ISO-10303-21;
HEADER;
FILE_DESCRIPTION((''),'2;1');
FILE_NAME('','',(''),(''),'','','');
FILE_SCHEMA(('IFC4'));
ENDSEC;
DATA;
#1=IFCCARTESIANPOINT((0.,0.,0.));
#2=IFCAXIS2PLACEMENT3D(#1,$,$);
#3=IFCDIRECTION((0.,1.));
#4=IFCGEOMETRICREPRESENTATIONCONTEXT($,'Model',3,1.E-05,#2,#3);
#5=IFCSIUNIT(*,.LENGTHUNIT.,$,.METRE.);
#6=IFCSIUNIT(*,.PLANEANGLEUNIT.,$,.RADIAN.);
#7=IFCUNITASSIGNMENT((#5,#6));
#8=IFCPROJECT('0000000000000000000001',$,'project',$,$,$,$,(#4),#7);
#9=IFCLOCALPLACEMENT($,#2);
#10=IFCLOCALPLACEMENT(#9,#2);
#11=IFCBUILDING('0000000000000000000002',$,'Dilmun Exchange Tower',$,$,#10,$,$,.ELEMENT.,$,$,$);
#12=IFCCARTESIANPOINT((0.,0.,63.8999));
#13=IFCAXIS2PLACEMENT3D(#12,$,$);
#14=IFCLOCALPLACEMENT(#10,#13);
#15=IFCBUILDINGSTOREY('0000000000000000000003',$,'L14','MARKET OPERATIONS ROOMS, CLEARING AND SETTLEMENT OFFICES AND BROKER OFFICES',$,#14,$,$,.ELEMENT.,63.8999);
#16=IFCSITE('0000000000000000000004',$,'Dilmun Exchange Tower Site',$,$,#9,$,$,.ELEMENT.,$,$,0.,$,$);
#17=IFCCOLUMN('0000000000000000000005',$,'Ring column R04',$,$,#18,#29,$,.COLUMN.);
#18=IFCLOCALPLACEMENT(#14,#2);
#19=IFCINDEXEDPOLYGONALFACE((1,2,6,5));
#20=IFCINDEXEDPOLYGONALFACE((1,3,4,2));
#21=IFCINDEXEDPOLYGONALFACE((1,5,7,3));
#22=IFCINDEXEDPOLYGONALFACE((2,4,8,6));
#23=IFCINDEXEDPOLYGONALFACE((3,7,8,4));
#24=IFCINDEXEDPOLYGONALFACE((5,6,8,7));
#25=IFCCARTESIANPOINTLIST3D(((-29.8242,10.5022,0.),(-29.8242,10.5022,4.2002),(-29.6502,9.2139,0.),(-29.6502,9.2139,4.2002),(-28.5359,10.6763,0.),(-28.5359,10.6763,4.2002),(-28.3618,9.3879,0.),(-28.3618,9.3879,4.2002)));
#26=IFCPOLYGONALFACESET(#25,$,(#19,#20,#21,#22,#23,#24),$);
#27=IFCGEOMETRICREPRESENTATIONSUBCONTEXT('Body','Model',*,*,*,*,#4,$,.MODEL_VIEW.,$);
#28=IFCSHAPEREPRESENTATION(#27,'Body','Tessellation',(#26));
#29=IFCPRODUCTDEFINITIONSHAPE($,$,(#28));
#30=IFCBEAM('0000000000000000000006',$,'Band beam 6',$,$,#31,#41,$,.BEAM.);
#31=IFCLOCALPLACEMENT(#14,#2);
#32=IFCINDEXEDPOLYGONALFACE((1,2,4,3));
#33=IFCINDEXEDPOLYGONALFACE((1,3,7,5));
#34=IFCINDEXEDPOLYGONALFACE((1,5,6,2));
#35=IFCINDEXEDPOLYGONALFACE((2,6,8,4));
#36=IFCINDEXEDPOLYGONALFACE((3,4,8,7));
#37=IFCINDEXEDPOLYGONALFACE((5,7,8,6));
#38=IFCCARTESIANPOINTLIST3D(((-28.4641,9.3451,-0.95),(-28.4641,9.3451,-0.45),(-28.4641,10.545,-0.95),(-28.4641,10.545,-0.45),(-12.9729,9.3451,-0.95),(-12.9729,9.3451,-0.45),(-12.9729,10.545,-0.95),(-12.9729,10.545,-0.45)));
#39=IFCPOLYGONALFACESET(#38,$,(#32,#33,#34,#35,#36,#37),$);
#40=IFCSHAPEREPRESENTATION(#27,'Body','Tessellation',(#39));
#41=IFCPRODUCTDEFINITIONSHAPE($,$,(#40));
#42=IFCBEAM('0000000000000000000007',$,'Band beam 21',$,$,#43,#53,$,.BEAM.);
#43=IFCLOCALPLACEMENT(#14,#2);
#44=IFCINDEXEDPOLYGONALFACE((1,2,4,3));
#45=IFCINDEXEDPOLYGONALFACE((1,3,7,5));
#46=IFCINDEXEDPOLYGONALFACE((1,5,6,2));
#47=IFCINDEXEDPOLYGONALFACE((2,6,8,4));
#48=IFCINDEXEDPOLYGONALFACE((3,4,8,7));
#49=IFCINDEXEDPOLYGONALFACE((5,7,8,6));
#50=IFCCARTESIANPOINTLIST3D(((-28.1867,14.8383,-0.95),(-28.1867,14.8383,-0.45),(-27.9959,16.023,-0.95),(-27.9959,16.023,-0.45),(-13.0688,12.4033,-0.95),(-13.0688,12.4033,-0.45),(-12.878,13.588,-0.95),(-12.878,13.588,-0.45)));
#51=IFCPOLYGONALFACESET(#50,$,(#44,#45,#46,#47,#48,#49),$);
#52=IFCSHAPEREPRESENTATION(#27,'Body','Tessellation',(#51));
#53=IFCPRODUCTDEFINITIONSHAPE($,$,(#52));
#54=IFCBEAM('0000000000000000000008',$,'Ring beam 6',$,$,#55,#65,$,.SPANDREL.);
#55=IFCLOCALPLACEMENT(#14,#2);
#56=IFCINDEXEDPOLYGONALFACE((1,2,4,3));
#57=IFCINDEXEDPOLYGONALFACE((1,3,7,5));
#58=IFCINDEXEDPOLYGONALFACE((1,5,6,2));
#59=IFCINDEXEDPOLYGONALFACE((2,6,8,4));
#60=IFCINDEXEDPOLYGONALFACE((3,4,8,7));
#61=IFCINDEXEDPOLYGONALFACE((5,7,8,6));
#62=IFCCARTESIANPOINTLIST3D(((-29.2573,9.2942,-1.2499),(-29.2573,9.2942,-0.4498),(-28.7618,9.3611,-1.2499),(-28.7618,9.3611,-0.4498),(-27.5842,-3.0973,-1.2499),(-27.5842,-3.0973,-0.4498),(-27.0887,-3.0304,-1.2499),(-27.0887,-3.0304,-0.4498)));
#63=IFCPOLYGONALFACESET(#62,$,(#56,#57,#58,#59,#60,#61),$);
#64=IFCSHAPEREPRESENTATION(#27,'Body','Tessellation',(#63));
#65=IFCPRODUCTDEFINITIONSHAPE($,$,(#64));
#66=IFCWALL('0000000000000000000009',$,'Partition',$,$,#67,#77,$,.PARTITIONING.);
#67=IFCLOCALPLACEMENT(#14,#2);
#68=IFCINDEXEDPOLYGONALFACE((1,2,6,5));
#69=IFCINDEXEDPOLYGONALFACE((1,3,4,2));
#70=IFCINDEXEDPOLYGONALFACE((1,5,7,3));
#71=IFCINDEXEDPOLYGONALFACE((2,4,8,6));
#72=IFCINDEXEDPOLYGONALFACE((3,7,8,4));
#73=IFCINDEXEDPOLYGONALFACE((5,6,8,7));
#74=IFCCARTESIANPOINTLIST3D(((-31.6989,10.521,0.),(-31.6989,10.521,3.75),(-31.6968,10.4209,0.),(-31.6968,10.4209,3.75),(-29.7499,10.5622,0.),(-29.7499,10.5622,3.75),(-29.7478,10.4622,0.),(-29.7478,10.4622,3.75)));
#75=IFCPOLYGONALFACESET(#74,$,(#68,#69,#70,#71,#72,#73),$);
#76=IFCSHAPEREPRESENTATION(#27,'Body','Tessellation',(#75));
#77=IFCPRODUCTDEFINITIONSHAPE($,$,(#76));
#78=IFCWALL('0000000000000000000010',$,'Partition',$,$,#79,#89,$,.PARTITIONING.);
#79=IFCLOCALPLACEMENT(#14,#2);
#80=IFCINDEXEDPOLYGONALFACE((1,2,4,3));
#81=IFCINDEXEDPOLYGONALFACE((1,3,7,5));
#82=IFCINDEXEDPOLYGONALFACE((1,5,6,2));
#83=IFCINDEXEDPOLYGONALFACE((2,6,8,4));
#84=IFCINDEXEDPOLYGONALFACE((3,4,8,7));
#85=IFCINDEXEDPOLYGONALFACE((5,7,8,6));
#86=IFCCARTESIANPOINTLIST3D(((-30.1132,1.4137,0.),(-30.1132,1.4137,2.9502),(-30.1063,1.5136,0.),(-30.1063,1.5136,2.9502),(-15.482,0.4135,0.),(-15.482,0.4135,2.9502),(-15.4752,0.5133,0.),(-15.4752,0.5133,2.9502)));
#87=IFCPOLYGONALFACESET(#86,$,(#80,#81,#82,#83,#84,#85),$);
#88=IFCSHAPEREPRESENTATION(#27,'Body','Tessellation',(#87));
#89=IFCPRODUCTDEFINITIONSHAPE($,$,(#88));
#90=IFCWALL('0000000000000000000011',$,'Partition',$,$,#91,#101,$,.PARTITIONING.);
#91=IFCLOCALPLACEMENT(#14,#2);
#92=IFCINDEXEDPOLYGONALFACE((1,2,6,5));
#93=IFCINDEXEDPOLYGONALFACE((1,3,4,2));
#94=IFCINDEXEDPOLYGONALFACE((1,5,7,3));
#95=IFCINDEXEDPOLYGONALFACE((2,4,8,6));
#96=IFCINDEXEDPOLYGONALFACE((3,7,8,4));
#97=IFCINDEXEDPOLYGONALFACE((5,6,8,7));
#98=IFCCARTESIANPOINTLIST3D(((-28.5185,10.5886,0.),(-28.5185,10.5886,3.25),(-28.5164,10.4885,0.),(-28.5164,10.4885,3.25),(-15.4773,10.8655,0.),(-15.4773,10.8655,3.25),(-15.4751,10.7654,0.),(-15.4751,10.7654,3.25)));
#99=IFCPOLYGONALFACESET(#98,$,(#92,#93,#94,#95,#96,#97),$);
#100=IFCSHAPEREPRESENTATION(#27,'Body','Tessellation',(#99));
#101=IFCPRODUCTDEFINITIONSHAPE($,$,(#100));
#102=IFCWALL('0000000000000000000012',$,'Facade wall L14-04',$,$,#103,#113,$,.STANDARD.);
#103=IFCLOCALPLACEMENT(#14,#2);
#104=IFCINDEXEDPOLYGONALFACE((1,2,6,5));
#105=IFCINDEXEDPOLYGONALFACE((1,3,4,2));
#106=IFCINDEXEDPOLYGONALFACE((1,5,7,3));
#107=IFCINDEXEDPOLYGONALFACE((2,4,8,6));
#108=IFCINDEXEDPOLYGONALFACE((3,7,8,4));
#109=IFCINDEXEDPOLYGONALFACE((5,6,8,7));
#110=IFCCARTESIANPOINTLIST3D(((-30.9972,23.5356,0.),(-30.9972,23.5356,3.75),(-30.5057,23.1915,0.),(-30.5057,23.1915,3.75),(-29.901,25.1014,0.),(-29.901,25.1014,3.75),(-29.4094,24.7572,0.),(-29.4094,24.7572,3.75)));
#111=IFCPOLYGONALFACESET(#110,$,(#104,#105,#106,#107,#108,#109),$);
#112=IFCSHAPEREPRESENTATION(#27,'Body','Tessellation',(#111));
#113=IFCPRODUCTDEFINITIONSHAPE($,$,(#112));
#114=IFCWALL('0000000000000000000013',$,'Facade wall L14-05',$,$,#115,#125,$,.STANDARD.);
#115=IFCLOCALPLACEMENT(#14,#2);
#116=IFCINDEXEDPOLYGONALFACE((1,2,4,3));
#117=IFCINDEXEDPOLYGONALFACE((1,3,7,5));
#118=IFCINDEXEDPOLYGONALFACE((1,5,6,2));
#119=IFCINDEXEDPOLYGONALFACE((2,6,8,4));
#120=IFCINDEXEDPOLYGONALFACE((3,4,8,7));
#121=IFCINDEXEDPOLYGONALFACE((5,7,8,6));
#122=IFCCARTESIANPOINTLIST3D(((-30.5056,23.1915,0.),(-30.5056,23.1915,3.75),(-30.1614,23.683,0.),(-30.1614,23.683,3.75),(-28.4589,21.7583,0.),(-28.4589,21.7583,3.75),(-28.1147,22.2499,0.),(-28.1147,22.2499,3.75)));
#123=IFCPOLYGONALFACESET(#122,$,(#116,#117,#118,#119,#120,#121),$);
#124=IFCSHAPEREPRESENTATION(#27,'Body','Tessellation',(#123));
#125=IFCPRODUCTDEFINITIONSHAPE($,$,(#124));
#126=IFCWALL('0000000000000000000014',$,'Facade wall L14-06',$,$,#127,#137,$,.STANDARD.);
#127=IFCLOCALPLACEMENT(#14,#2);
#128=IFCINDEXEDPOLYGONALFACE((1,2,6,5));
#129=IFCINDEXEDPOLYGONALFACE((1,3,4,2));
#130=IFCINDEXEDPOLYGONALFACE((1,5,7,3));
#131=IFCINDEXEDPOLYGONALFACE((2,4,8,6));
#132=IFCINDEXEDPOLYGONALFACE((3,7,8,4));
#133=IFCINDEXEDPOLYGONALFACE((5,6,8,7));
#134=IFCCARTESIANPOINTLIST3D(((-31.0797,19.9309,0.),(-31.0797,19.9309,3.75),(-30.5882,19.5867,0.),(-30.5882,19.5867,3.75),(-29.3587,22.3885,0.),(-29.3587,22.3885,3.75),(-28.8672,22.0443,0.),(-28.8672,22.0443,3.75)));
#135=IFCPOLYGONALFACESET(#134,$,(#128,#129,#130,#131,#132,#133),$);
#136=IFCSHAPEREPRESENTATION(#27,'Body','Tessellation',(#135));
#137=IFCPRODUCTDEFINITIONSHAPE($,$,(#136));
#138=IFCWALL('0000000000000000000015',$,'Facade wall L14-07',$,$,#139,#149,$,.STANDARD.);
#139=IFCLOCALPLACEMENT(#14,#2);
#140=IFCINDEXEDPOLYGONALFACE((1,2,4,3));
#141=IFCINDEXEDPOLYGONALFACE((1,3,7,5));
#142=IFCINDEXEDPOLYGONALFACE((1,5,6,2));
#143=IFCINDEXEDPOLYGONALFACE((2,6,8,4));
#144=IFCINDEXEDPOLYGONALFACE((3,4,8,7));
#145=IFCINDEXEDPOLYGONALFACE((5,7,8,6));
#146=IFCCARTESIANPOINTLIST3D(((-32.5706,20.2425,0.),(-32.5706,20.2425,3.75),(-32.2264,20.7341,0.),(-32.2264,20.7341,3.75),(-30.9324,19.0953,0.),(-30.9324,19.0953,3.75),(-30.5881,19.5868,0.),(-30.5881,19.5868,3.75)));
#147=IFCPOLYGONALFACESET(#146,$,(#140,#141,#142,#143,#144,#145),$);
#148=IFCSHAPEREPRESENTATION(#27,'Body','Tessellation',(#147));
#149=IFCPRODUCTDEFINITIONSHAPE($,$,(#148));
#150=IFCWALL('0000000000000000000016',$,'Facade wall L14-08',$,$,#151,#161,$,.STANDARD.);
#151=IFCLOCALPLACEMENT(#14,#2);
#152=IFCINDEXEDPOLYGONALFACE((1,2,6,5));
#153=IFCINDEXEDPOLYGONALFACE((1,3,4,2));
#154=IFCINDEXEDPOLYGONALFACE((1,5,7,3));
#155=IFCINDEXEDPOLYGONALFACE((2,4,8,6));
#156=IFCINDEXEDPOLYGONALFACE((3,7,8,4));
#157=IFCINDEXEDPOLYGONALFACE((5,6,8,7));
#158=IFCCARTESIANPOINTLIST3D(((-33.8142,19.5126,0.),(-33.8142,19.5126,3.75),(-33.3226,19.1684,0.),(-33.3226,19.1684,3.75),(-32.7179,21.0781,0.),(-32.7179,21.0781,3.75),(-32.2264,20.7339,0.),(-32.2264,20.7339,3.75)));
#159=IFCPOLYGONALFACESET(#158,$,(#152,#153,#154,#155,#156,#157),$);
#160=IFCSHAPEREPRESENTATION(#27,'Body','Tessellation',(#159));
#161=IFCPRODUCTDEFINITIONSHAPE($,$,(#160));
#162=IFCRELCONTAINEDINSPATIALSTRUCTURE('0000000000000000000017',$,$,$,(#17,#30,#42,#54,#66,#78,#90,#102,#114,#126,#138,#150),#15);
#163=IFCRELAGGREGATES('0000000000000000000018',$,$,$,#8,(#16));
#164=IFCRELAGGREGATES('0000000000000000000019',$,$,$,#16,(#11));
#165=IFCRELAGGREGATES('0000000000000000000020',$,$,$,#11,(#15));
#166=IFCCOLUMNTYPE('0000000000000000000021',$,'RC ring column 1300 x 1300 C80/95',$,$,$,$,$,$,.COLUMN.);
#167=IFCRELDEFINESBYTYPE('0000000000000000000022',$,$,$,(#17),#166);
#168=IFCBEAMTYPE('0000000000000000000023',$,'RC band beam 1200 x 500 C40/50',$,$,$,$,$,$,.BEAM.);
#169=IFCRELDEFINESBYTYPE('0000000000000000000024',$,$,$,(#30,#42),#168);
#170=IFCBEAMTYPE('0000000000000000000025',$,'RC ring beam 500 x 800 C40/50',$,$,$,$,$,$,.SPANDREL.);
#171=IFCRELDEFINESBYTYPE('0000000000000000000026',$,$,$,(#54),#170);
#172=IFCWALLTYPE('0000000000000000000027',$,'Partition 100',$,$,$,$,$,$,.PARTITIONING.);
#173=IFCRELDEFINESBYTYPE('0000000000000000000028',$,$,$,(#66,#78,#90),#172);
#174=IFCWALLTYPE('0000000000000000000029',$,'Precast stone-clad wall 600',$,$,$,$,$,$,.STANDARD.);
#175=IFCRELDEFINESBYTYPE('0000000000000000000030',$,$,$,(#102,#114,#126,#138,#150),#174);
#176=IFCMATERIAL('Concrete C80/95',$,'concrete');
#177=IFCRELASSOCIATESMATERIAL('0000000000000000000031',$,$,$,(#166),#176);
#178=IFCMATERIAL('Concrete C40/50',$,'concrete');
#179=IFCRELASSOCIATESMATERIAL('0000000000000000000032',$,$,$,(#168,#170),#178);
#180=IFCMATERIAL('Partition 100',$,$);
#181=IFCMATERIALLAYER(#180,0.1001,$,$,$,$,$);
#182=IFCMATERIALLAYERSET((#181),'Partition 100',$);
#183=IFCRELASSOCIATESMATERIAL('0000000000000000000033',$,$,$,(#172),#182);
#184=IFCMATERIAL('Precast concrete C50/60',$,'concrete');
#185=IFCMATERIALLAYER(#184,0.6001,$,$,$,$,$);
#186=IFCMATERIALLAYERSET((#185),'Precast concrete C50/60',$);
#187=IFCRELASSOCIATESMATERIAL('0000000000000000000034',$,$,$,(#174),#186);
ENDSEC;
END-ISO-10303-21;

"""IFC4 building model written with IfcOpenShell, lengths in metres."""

from ifc_helpers import new_model, si_unit, direction, frame, frame_2d, origin, origin_2d, place, context, subcontext, project, spatial, rectangle, extrude, material, layer, layer_set, material_profile, profile_set, type_object, element, save


model = new_model("IFC4")

# Units and contexts
model_context = context("Model", 3, precision=1e-05, world=origin(), true_north=direction((0.0, 1.0)))
body_context = subcontext(model_context, "Body", "Model", "MODEL_VIEW")
ifc_project = project(units=[si_unit("LENGTHUNIT", "METRE"), si_unit("PLANEANGLEUNIT", "RADIAN")], contexts=[model_context])

# Site, building, storey
site_placement = place(None, origin())
site = spatial("IfcSite", under=ifc_project, at=site_placement, Name="Dilmun Exchange Tower Site", CompositionType="ELEMENT", RefElevation=0.0)
building_placement = place(site_placement, origin())
building = spatial("IfcBuilding", under=site, at=building_placement, Name="Dilmun Exchange Tower", CompositionType="ELEMENT")
storey_placement = place(building_placement, frame((0.0, 0.0, 63.8999)))
storey = spatial("IfcBuildingStorey", under=building, at=storey_placement, Name="L14", Description="MARKET OPERATIONS ROOMS, CLEARING AND SETTLEMENT OFFICES AND BROKER OFFICES", CompositionType="ELEMENT", Elevation=63.8999)

# Column
ifc_material_1 = material(Name="Concrete C80/95", Category="concrete")
ifc_material_profile_1 = material_profile(ifc_material_1, rectangle(XDim=1.3, YDim=1.3, at=origin_2d()), Name="1300 x 1300")
ifc_profile_set_1 = profile_set([ifc_material_profile_1], Name="Concrete C80/95")
column_type = type_object("IfcColumnType", Name="RC ring column 1300 x 1300 C80/95", PredefinedType="COLUMN", material=ifc_profile_set_1)
column_placement = place(storey_placement, frame((-29.093, 9.9451, 0.0), z_axis=(0.0, 0.0, 1.0), x_axis=(0.991001, 0.133853, 0.0)))
element("IfcColumn", 1, at=column_placement, inside=storey, type_object=column_type, Name="Ring column R04", PredefinedType="COLUMN", context=body_context, shape_type="SweptSolid", body=[
    extrude(rectangle(XDim=1.3, YDim=1.3, at=origin_2d()), origin(), (0.0, 0.0, 1.0), 4.2002),
])

# Beams
ifc_material_2 = material(Name="Concrete C40/50", Category="concrete")
ifc_material_profile_2 = material_profile(ifc_material_2, rectangle(XDim=1.2, YDim=0.5, at=origin_2d()), Name="1200 x 500")
ifc_profile_set_2 = profile_set([ifc_material_profile_2], Name="Concrete C40/50")
beam_type_1 = type_object("IfcBeamType", Name="RC band beam 1200 x 500 C40/50", PredefinedType="BEAM", material=ifc_profile_set_2)
beam_1_placement = place(storey_placement, frame((-28.4641, 9.9451, -0.7), z_axis=(1.0, 0.0, 0.0), x_axis=(0.0, 1.0, 0.0)))
element("IfcBeam", 2, at=beam_1_placement, inside=storey, type_object=beam_type_1, Name="Band beam 6", PredefinedType="BEAM", context=body_context, shape_type="SweptSolid", body=[
    extrude(rectangle(XDim=1.2, YDim=0.5, at=origin_2d()), origin(), (0.0, 0.0, 1.0), 15.4912),
])
beam_2_placement = place(storey_placement, frame((-28.0913, 15.4307, -0.7), z_axis=(0.987275, -0.159021, 0.0), x_axis=(0.159021, 0.987275, 0.0)))
element("IfcBeam", 3, at=beam_2_placement, inside=storey, type_object=beam_type_1, Name="Band beam 21", PredefinedType="BEAM", context=body_context, shape_type="SweptSolid", body=[
    extrude(rectangle(XDim=1.2, YDim=0.5, at=origin_2d()), origin(), (0.0, 0.0, 1.0), 15.3127),
])
ifc_material_profile_3 = material_profile(ifc_material_2, rectangle(XDim=0.5, YDim=0.8, at=origin_2d()), Name="500 x 800")
ifc_profile_set_3 = profile_set([ifc_material_profile_3], Name="Concrete C40/50")
beam_type_2 = type_object("IfcBeamType", Name="RC ring beam 500 x 800 C40/50", PredefinedType="SPANDREL", material=ifc_profile_set_3)
beam_3_placement = place(storey_placement, frame((-29.0095, 9.3276, -0.8499), z_axis=(0.133807, -0.991007, 0.0), x_axis=(0.991007, 0.133807, 0.0)))
element("IfcBeam", 4, at=beam_3_placement, inside=storey, type_object=beam_type_2, Name="Ring beam 6", PredefinedType="SPANDREL", context=body_context, shape_type="SweptSolid", body=[
    extrude(rectangle(XDim=0.5, YDim=0.8, at=origin_2d()), origin(), (0.0, 0.0, 1.0), 12.5039),
])

# Walls
ifc_material_3 = material(Name="Partition 100")
ifc_layer_1 = layer(ifc_material_3, 0.1001)
ifc_layer_set_1 = layer_set([ifc_layer_1], Name="Partition 100")
wall_type_1 = type_object("IfcWallType", Name="Partition 100", PredefinedType="PARTITIONING", material=ifc_layer_set_1)
wall_1_placement = place(storey_placement, frame((-31.6978, 10.4709, 0.0), z_axis=(0.0, 0.0, 1.0), x_axis=(0.999776, 0.021165, 0.0)))
element("IfcWall", 5, at=wall_1_placement, inside=storey, type_object=wall_type_1, Name="Partition", PredefinedType="PARTITIONING", context=body_context, shape_type="SweptSolid", body=[
    extrude(rectangle(XDim=1.9495, YDim=0.1001, at=frame_2d((0.9746, 0.0))), origin(), (0.0, 0.0, 1.0), 3.75),
])
wall_2_placement = place(storey_placement, frame((-30.1096, 1.4636, 0.0), z_axis=(0.0, 0.0, 1.0), x_axis=(0.997671, -0.068205, 0.0)))
element("IfcWall", 6, at=wall_2_placement, inside=storey, type_object=wall_type_1, Name="Partition", PredefinedType="PARTITIONING", context=body_context, shape_type="SweptSolid", body=[
    extrude(rectangle(XDim=14.6653, YDim=0.1001, at=frame_2d((7.3325, 0.0))), origin(), (0.0, 0.0, 1.0), 2.9502),
])
wall_3_placement = place(storey_placement, frame((-28.5173, 10.5386, 0.0), z_axis=(0.0, 0.0, 1.0), x_axis=(0.999775, 0.021224, 0.0)))
element("IfcWall", 7, at=wall_3_placement, inside=storey, type_object=wall_type_1, Name="Partition", PredefinedType="PARTITIONING", context=body_context, shape_type="SweptSolid", body=[
    extrude(rectangle(XDim=13.0442, YDim=0.1001, at=frame_2d((6.522, 0.0))), origin(), (0.0, 0.0, 1.0), 3.25),
])
ifc_material_4 = material(Name="Precast concrete C50/60", Category="concrete")
ifc_layer_2 = layer(ifc_material_4, 0.6001)
ifc_layer_set_2 = layer_set([ifc_layer_2], Name="Precast concrete C50/60")
wall_type_2 = type_object("IfcWallType", Name="Precast stone-clad wall 600", PredefinedType="STANDARD", material=ifc_layer_set_2)
wall_4_placement = place(storey_placement, frame((-29.6553, 24.9292, 0.0), z_axis=(0.0, 0.0, 1.0), x_axis=(-0.573539, -0.819178, 0.0)))
element("IfcWall", 8, at=wall_4_placement, inside=storey, type_object=wall_type_2, Name="Facade wall L14-04", PredefinedType="STANDARD", context=body_context, shape_type="SweptSolid", body=[
    extrude(rectangle(XDim=1.9114, YDim=0.6001, at=frame_2d((0.9556, 0.0))), origin(), (0.0, 0.0, 1.0), 3.75),
])
wall_5_placement = place(storey_placement, frame((-30.3335, 23.4373, 0.0), z_axis=(0.0, 0.0, 1.0), x_axis=(0.819145, -0.573587, 0.0)))
element("IfcWall", 9, at=wall_5_placement, inside=storey, type_object=wall_type_2, Name="Facade wall L14-05", PredefinedType="STANDARD", context=body_context, shape_type="SweptSolid", body=[
    extrude(rectangle(XDim=2.4985, YDim=0.6001, at=frame_2d((1.2493, 0.0))), origin(), (0.0, 0.0, 1.0), 3.75),
])
wall_6_placement = place(storey_placement, frame((-29.113, 22.2163, 0.0), z_axis=(0.0, 0.0, 1.0), x_axis=(-0.573615, -0.819125, 0.0)))
element("IfcWall", 10, at=wall_6_placement, inside=storey, type_object=wall_type_2, Name="Facade wall L14-06", PredefinedType="STANDARD", context=body_context, shape_type="SweptSolid", body=[
    extrude(rectangle(XDim=3.0002, YDim=0.6001, at=frame_2d((1.5, 0.0))), origin(), (0.0, 0.0, 1.0), 3.75),
])
wall_7_placement = place(storey_placement, frame((-30.7603, 19.3411, 0.0), z_axis=(0.0, 0.0, 1.0), x_axis=(-0.819117, 0.573626, 0.0)))
element("IfcWall", 11, at=wall_7_placement, inside=storey, type_object=wall_type_2, Name="Facade wall L14-07", PredefinedType="STANDARD", context=body_context, shape_type="SweptSolid", body=[
    extrude(rectangle(XDim=2.0, YDim=0.6001, at=frame_2d((1.0, 0.0))), origin(), (0.0, 0.0, 1.0), 3.75),
])
wall_8_placement = place(storey_placement, frame((-32.4722, 20.906, 0.0), z_axis=(0.0, 0.0, 1.0), x_axis=(-0.5736, -0.819136, 0.0)))
element("IfcWall", 12, at=wall_8_placement, inside=storey, type_object=wall_type_2, Name="Facade wall L14-08", PredefinedType="STANDARD", context=body_context, shape_type="SweptSolid", body=[
    extrude(rectangle(XDim=1.9111, YDim=0.6001, at=frame_2d((0.9556, 0.0))), origin(), (0.0, 0.0, 1.0), 3.75),
])

save(model, "model.ifc")
